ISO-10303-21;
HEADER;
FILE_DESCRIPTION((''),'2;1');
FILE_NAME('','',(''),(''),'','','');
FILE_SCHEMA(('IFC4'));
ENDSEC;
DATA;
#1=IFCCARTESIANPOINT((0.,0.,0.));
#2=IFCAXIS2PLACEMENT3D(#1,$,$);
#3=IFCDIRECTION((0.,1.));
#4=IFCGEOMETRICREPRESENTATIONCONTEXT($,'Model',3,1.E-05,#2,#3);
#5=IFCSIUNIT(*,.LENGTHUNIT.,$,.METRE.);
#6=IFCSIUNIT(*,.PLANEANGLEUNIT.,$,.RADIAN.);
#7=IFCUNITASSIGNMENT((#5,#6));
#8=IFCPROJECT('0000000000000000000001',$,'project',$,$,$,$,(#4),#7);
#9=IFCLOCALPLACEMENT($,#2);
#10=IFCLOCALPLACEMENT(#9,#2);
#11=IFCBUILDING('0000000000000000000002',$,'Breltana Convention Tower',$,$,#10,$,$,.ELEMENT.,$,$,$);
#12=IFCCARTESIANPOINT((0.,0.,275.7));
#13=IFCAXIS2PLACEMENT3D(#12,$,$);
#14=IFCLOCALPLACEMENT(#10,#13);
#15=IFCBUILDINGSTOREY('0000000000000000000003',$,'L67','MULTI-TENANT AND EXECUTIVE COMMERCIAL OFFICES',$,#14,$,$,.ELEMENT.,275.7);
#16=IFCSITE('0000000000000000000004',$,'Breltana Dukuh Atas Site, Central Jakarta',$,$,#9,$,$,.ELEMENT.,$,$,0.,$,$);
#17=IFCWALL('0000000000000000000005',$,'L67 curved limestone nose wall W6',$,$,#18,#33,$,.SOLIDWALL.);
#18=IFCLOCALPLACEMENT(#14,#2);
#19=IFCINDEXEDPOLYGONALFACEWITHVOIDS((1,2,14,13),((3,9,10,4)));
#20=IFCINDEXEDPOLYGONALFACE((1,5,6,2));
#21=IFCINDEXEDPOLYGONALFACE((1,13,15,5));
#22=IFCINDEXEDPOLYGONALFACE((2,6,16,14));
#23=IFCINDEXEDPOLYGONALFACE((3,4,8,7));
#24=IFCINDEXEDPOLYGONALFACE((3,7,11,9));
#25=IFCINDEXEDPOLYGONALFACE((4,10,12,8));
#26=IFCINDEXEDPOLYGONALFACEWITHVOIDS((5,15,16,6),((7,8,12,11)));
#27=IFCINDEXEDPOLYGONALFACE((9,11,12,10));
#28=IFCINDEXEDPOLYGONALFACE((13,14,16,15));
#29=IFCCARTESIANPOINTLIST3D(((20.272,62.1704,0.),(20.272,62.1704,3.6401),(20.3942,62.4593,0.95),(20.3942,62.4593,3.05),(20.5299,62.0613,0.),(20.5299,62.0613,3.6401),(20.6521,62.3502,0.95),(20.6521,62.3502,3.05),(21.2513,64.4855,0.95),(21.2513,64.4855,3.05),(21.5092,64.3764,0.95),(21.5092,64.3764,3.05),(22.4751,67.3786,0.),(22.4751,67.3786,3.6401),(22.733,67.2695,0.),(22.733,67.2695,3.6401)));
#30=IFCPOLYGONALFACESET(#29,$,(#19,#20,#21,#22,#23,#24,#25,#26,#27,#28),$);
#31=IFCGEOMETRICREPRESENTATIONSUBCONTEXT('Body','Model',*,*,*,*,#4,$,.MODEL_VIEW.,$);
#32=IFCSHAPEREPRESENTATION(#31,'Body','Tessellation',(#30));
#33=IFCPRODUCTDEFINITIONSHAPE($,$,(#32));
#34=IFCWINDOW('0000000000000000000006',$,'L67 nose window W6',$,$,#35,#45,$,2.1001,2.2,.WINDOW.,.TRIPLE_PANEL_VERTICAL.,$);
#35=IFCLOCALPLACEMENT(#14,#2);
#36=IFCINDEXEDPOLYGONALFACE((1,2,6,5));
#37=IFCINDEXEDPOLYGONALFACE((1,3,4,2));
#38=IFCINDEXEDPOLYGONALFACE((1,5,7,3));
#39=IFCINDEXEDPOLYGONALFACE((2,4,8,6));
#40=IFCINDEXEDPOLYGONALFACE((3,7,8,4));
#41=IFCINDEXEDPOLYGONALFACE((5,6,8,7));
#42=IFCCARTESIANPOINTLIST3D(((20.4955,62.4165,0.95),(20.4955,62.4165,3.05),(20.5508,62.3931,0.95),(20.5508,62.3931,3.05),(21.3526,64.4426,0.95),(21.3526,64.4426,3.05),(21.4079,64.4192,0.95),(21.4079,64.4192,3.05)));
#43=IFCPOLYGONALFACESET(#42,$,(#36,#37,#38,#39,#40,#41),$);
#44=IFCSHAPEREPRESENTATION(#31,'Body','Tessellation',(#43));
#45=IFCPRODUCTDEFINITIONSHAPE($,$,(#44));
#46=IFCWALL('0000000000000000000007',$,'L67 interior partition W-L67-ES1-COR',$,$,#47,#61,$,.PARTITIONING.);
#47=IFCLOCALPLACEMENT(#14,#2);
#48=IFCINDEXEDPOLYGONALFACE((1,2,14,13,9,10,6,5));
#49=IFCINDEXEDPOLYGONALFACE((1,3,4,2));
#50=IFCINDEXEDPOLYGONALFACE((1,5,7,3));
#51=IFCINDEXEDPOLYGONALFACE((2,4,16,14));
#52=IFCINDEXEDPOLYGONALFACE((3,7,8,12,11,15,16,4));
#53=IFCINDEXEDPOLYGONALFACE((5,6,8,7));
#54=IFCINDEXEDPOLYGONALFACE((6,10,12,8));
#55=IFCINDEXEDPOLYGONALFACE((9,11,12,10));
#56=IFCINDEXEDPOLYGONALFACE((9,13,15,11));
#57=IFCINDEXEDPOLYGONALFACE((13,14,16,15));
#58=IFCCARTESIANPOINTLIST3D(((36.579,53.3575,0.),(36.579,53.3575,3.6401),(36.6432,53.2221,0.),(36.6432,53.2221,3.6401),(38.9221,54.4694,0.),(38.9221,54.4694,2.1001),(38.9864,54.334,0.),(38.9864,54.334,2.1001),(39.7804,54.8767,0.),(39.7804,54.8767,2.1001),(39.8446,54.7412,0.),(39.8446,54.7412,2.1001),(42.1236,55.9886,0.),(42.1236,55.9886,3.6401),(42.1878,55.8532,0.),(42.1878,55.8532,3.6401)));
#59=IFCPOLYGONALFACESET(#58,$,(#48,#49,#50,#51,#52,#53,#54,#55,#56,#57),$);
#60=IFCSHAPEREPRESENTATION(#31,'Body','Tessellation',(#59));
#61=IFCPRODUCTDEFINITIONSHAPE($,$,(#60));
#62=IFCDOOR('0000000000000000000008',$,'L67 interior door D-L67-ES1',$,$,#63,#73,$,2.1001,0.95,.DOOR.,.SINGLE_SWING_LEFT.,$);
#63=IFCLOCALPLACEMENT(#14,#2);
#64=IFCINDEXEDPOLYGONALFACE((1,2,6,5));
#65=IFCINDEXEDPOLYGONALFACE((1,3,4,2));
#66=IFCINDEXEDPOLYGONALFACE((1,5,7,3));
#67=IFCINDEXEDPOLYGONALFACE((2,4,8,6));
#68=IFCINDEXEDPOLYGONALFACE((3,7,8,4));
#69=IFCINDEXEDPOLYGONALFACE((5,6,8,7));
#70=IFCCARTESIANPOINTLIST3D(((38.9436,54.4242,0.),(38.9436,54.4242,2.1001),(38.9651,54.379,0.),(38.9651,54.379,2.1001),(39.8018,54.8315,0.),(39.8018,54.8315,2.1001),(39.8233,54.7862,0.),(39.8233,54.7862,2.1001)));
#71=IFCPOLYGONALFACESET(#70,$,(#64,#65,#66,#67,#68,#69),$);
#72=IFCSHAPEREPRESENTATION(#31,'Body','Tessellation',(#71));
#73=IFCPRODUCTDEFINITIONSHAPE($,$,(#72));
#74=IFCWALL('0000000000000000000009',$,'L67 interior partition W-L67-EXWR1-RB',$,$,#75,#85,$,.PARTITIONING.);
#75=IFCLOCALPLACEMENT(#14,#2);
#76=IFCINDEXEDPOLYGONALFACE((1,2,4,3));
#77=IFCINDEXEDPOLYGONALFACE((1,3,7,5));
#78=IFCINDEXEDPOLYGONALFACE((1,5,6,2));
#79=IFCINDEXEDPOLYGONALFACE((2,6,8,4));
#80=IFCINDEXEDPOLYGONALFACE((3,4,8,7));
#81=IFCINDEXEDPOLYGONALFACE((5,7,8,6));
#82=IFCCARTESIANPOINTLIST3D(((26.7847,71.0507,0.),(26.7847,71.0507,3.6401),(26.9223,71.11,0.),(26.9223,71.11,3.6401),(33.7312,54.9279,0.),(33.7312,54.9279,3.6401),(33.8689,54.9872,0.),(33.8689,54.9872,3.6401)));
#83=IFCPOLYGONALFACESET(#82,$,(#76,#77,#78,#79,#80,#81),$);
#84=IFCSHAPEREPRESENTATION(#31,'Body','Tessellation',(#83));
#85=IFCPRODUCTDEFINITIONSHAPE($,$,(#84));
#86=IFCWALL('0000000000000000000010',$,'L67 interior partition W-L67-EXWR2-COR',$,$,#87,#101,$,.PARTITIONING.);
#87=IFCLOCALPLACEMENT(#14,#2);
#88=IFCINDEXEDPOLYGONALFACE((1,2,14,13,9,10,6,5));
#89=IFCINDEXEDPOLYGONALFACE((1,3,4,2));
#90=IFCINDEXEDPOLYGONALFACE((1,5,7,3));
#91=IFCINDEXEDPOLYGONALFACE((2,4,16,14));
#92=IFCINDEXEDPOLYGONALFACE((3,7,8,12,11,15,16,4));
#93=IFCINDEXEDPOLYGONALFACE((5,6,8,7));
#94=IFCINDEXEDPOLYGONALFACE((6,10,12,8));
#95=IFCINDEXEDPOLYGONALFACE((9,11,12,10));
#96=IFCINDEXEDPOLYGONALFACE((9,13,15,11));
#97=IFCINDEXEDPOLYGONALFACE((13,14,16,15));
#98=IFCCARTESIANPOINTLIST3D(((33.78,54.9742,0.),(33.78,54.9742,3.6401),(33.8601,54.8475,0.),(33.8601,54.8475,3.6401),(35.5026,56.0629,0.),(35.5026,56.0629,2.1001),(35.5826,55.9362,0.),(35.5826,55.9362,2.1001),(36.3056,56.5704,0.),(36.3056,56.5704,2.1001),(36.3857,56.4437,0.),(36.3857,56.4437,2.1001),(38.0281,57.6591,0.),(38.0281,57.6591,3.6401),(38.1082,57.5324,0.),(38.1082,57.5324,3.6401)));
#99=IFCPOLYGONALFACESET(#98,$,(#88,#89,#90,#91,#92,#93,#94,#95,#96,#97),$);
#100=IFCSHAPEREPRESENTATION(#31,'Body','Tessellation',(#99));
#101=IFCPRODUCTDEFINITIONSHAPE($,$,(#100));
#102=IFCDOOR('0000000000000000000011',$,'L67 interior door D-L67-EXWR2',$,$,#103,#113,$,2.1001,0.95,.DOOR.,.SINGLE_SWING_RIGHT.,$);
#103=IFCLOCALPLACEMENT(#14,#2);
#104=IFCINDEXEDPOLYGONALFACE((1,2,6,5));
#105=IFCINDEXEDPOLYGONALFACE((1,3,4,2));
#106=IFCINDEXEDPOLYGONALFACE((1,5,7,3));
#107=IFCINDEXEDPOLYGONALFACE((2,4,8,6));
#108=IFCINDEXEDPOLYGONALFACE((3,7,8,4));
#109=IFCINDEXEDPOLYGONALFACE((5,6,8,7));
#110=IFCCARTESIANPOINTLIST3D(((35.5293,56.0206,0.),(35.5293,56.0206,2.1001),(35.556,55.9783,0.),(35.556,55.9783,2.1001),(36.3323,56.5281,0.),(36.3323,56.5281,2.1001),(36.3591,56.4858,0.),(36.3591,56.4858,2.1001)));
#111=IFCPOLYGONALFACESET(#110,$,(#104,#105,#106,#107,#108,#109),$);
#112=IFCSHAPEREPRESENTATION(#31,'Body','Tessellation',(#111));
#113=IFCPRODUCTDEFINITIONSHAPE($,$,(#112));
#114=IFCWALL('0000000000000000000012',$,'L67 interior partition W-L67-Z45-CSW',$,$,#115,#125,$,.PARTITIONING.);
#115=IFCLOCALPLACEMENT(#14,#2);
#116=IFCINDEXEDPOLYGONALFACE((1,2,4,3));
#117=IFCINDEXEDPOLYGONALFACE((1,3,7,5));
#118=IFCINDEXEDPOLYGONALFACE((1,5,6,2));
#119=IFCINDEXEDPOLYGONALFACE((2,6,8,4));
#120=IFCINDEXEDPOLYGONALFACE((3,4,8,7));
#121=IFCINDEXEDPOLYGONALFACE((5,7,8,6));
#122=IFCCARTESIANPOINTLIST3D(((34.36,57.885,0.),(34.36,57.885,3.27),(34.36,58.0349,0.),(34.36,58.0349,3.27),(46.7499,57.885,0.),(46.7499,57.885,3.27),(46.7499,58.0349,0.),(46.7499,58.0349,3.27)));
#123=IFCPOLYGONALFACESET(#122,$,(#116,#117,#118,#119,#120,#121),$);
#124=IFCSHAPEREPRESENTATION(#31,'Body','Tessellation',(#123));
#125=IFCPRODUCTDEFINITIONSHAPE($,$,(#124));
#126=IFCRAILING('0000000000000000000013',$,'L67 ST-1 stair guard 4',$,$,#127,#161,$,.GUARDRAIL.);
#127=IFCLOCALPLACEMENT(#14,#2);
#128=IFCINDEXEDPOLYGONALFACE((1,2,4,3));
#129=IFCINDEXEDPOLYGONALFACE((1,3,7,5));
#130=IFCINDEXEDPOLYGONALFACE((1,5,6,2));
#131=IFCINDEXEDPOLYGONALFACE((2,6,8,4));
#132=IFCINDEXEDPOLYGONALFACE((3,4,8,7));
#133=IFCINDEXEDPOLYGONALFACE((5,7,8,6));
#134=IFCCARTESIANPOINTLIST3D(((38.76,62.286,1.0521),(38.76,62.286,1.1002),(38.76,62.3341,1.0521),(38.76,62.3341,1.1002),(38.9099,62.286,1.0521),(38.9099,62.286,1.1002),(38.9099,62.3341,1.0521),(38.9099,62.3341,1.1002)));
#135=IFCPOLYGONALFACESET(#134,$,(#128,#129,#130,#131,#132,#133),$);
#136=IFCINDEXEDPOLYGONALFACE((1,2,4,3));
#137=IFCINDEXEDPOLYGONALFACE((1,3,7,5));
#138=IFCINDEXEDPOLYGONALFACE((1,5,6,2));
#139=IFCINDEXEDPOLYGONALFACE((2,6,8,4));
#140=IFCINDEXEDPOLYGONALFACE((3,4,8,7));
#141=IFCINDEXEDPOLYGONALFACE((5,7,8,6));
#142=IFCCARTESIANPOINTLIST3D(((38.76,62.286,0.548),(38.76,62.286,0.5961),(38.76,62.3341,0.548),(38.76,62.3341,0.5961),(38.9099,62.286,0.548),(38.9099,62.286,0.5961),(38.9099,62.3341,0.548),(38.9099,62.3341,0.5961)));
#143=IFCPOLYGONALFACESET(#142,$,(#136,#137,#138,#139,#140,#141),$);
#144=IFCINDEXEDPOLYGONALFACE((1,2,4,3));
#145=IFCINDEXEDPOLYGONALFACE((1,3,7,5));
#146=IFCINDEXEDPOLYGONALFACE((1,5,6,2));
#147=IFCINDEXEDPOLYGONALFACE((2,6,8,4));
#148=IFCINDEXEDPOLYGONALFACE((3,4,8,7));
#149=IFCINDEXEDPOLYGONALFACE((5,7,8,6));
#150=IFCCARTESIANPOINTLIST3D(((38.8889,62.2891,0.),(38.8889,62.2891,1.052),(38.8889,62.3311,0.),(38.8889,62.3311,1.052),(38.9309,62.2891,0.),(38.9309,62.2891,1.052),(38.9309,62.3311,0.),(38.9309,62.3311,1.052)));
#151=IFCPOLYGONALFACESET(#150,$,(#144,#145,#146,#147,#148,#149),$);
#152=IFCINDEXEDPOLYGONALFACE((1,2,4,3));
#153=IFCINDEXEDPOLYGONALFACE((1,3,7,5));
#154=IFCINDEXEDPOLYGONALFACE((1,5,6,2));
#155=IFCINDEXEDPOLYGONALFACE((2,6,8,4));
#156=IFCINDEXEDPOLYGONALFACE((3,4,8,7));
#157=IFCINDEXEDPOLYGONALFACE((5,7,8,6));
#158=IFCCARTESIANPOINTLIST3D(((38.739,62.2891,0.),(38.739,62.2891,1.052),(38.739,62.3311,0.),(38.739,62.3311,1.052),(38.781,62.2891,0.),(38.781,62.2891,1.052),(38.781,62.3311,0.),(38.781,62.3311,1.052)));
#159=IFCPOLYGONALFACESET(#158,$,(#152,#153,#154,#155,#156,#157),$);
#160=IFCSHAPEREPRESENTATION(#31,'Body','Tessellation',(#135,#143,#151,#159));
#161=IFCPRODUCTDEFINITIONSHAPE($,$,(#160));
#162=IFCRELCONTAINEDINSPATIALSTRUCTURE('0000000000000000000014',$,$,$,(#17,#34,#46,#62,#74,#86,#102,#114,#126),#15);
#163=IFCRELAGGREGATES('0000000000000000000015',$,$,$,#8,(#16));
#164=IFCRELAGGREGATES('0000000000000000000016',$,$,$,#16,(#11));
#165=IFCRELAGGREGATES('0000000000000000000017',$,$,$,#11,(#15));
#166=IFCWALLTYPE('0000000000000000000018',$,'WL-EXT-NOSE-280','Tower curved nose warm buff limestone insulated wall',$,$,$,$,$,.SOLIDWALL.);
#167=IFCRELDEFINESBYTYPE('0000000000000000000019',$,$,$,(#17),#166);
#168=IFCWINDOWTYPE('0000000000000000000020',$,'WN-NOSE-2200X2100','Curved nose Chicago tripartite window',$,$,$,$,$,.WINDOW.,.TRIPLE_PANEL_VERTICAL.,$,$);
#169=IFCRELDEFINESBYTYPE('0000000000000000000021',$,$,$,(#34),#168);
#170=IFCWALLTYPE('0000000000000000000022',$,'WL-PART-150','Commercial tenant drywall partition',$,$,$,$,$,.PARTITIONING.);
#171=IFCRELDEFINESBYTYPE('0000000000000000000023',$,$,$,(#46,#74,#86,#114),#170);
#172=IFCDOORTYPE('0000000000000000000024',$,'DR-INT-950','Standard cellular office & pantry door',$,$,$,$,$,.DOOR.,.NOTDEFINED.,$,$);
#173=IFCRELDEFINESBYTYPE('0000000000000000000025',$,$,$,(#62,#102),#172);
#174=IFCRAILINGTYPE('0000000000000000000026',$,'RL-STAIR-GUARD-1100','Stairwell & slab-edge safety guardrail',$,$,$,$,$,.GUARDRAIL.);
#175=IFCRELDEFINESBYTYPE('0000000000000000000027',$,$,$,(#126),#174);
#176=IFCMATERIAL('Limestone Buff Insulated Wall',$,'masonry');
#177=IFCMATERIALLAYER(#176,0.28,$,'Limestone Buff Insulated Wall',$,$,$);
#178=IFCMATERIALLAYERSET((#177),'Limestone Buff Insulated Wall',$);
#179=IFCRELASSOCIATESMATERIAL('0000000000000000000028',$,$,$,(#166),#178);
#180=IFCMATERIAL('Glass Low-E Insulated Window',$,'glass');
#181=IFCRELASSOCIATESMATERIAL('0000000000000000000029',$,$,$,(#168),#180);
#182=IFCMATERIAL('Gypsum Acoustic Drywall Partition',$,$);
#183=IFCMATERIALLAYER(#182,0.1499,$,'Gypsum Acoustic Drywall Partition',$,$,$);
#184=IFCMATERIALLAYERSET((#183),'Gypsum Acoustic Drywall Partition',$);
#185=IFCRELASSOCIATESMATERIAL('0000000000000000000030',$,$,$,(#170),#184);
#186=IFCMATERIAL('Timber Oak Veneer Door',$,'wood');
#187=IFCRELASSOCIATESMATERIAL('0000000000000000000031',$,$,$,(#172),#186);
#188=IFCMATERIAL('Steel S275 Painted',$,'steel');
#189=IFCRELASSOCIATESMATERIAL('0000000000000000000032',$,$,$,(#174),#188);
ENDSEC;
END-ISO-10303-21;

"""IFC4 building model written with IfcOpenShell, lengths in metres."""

from ifc_helpers import new_model, si_unit, direction, frame, frame_2d, origin, origin_2d, place, context, subcontext, project, spatial, rectangle, extrude, source, transform, mapped, material, layer, layer_set, type_object, type_shapes, element, fill, save


model = new_model("IFC4")

# Units and contexts
model_context = context("Model", 3, precision=1e-05, world=origin(), true_north=direction((0.0, 1.0)))
body_context = subcontext(model_context, "Body", "Model", "MODEL_VIEW")
ifc_project = project(units=[si_unit("LENGTHUNIT", "METRE"), si_unit("PLANEANGLEUNIT", "RADIAN")], contexts=[model_context])

# Site, building, storey
site_placement = place(None, origin())
site = spatial("IfcSite", under=ifc_project, at=site_placement, Name="Breltana Dukuh Atas Site, Central Jakarta", CompositionType="ELEMENT", RefElevation=0.0)
building_placement = place(site_placement, origin())
building = spatial("IfcBuilding", under=site, at=building_placement, Name="Breltana Convention Tower", CompositionType="ELEMENT")
storey_placement = place(building_placement, frame((0.0, 0.0, 275.7)))
storey = spatial("IfcBuildingStorey", under=building, at=storey_placement, Name="L67", Description="MULTI-TENANT AND EXECUTIVE COMMERCIAL OFFICES", CompositionType="ELEMENT", Elevation=275.7)

# Wall, opening, window
ifc_material_1 = material(Name="Limestone Buff Insulated Wall", Category="masonry")
ifc_layer_1 = layer(ifc_material_1, 0.28, Name="Limestone Buff Insulated Wall")
ifc_layer_set_1 = layer_set([ifc_layer_1], Name="Limestone Buff Insulated Wall")
wall_type_1 = type_object("IfcWallType", Name="WL-EXT-NOSE-280", Description="Tower curved nose warm buff limestone insulated wall", PredefinedType="SOLIDWALL", material=ifc_layer_set_1)
ifc_material_2 = material(Name="Glass Low-E Insulated Window", Category="glass")
window_type = type_object("IfcWindowType", Name="WN-NOSE-2200X2100", Description="Curved nose Chicago tripartite window", PartitioningType="TRIPLE_PANEL_VERTICAL", PredefinedType="WINDOW", material=ifc_material_2)
shared_shape_1 = source(origin(), body_context, "Body", "SweptSolid", [
    extrude(rectangle(XDim=2.2, YDim=2.1001, at=frame_2d((1.1001, 1.05))), frame((0.0, 0.03, 0.0), z_axis=(0.0, -1.0, 0.0), x_axis=(1.0, 0.0, 0.0)), (0.0, 0.0, 1.0), 0.0601),
])
type_shapes(window_type, [shared_shape_1])
shared_shape_2 = source(origin(), body_context, "Body", "SweptSolid", [
    extrude(rectangle(XDim=5.655, YDim=0.28, at=frame_2d((2.8276, 0.0))), origin(), (0.0, 0.0, 1.0), 3.6401),
])
wall_1_placement = place(storey_placement, frame((20.4009, 62.1157, 0.0), z_axis=(0.0, 0.0, 1.0), x_axis=(0.389585, 0.92099, 0.0)))
wall_1 = element("IfcWall", 1, at=wall_1_placement, inside=storey, type_object=wall_type_1, Name="L67 curved limestone nose wall W6", PredefinedType="SOLIDWALL", context=body_context, shape_type="MappedRepresentation", body=[
    mapped(shared_shape_2, transform((0.0, 0.0, 0.0), scale=1.0)),
])
opening_1_placement = place(wall_1_placement, frame((0.3137, 0.0, 0.95)))
opening_1 = element("IfcOpeningElement", 2, at=opening_1_placement, cuts=wall_1, PredefinedType="OPENING", context=body_context, shape_type="SweptSolid", body=[
    extrude(rectangle(XDim=2.2, YDim=2.1001, at=frame_2d((1.1001, 1.05))), frame((0.0, 0.1499, 0.0), z_axis=(0.0, -1.0, 0.0), x_axis=(1.0, 0.0, 0.0)), (0.0, 0.0, 1.0), 0.3),
])
window_1_placement = place(opening_1_placement, origin())
window_1 = element("IfcWindow", 3, at=window_1_placement, inside=storey, type_object=window_type, Name="L67 nose window W6", OverallHeight=2.1001, OverallWidth=2.2, PartitioningType="TRIPLE_PANEL_VERTICAL", PredefinedType="WINDOW", context=body_context, shape_type="MappedRepresentation", body=[
    mapped(shared_shape_1, transform((0.0, 0.0, 0.0), scale=1.0)),
])
fill(opening_1, window_1)

# Wall, opening, door
ifc_material_3 = material(Name="Gypsum Acoustic Drywall Partition")
ifc_layer_2 = layer(ifc_material_3, 0.1499, Name="Gypsum Acoustic Drywall Partition")
ifc_layer_set_2 = layer_set([ifc_layer_2], Name="Gypsum Acoustic Drywall Partition")
wall_type_2 = type_object("IfcWallType", Name="WL-PART-150", Description="Commercial tenant drywall partition", PredefinedType="PARTITIONING", material=ifc_layer_set_2)
shared_shape_3 = source(origin(), body_context, "Body", "SweptSolid", [
    extrude(rectangle(XDim=6.1372, YDim=0.1499, at=frame_2d((3.0686, 0.0))), origin(), (0.0, 0.0, 1.0), 3.6401),
])
wall_2_placement = place(storey_placement, frame((36.6111, 53.2898, 0.0), z_axis=(0.0, 0.0, 1.0), x_axis=(0.903443, 0.428709, 0.0)))
wall_2 = element("IfcWall", 4, at=wall_2_placement, inside=storey, type_object=wall_type_2, Name="L67 interior partition W-L67-ES1-COR", PredefinedType="PARTITIONING", context=body_context, shape_type="MappedRepresentation", body=[
    mapped(shared_shape_3, transform((0.0, 0.0, 0.0), scale=1.0)),
])
opening_2_placement = place(wall_2_placement, frame((2.5935, 0.0, 0.0)))
opening_2 = element("IfcOpeningElement", 5, at=opening_2_placement, cuts=wall_2, PredefinedType="OPENING", context=body_context, shape_type="SweptSolid", body=[
    extrude(rectangle(XDim=0.95, YDim=2.1001, at=frame_2d((0.4751, 1.05))), frame((0.0, 0.085, 0.0), z_axis=(0.0, -1.0, 0.0), x_axis=(1.0, 0.0, 0.0)), (0.0, 0.0, 1.0), 0.1699),
])
ifc_material_4 = material(Name="Timber Oak Veneer Door", Category="wood")
door_type_1 = type_object("IfcDoorType", Name="DR-INT-950", Description="Standard cellular office & pantry door", OperationType="NOTDEFINED", PredefinedType="DOOR", material=ifc_material_4)
shared_shape_4 = source(origin(), body_context, "Body", "SweptSolid", [
    extrude(rectangle(XDim=0.95, YDim=2.1001, at=frame_2d((0.4751, 1.05))), frame((0.0, 0.0249, 0.0), z_axis=(0.0, -1.0, 0.0), x_axis=(1.0, 0.0, 0.0)), (0.0, 0.0, 1.0), 0.05),
])
type_shapes(door_type_1, [shared_shape_4])
door_1_placement = place(opening_2_placement, origin())
door_1 = element("IfcDoor", 6, at=door_1_placement, inside=storey, type_object=door_type_1, Name="L67 interior door D-L67-ES1", OperationType="SINGLE_SWING_LEFT", OverallHeight=2.1001, OverallWidth=0.95, PredefinedType="DOOR", context=body_context, shape_type="MappedRepresentation", body=[
    mapped(shared_shape_4, transform((0.0, 0.0, 0.0), scale=1.0)),
])
fill(opening_2, door_1)

# Wall
shared_shape_5 = source(origin(), body_context, "Body", "SweptSolid", [
    extrude(rectangle(XDim=17.5557, YDim=0.1499, at=frame_2d((8.7778, 0.0))), origin(), (0.0, 0.0, 1.0), 3.6401),
])
wall_3_placement = place(storey_placement, frame((33.8, 54.9575, 0.0), z_axis=(0.0, 0.0, 1.0), x_axis=(-0.395688, 0.918385, 0.0)))
element("IfcWall", 7, at=wall_3_placement, inside=storey, type_object=wall_type_2, Name="L67 interior partition W-L67-EXWR1-RB", PredefinedType="PARTITIONING", context=body_context, shape_type="MappedRepresentation", body=[
    mapped(shared_shape_5, transform((0.0, 0.0, 0.0), scale=1.0)),
])

# Wall, opening, door
shared_shape_6 = source(origin(), body_context, "Body", "SweptSolid", [
    extrude(rectangle(XDim=5.0254, YDim=0.1499, at=frame_2d((2.5127, 0.0))), origin(), (0.0, 0.0, 1.0), 3.6401),
])
wall_4_placement = place(storey_placement, frame((33.8201, 54.9109, 0.0), z_axis=(0.0, 0.0, 1.0), x_axis=(0.845324, 0.534254, 0.0)))
wall_4 = element("IfcWall", 8, at=wall_4_placement, inside=storey, type_object=wall_type_2, Name="L67 interior partition W-L67-EXWR2-COR", PredefinedType="PARTITIONING", context=body_context, shape_type="MappedRepresentation", body=[
    mapped(shared_shape_6, transform((0.0, 0.0, 0.0), scale=1.0)),
])
opening_3_placement = place(wall_4_placement, frame((2.0376, 0.0, 0.0)))
opening_3 = element("IfcOpeningElement", 9, at=opening_3_placement, cuts=wall_4, PredefinedType="OPENING", context=body_context, shape_type="SweptSolid", body=[
    extrude(rectangle(XDim=0.95, YDim=2.1001, at=frame_2d((0.4751, 1.05))), frame((0.0, 0.085, 0.0), z_axis=(0.0, -1.0, 0.0), x_axis=(1.0, 0.0, 0.0)), (0.0, 0.0, 1.0), 0.1699),
])
door_2_placement = place(opening_3_placement, origin())
door_2 = element("IfcDoor", 10, at=door_2_placement, inside=storey, type_object=door_type_1, Name="L67 interior door D-L67-EXWR2", OperationType="SINGLE_SWING_RIGHT", OverallHeight=2.1001, OverallWidth=0.95, PredefinedType="DOOR", context=body_context, shape_type="MappedRepresentation", body=[
    mapped(shared_shape_4, transform((0.0, 0.0, 0.0), scale=1.0)),
])
fill(opening_3, door_2)

# Wall
shared_shape_7 = source(origin(), body_context, "Body", "SweptSolid", [
    extrude(rectangle(XDim=12.3899, YDim=0.1499, at=frame_2d((6.1948, 0.0))), origin(), (0.0, 0.0, 1.0), 3.27),
])
wall_5_placement = place(storey_placement, frame((34.3601, 57.96, 0.0), z_axis=(0.0, 0.0, 1.0), x_axis=(1.0, 0.0, 0.0)))
element("IfcWall", 11, at=wall_5_placement, inside=storey, type_object=wall_type_2, Name="L67 interior partition W-L67-Z45-CSW", PredefinedType="PARTITIONING", context=body_context, shape_type="MappedRepresentation", body=[
    mapped(shared_shape_7, transform((0.0, 0.0, 0.0), scale=1.0)),
])

# Railing
ifc_material_5 = material(Name="Steel S275 Painted", Category="steel")
railing_type = type_object("IfcRailingType", Name="RL-STAIR-GUARD-1100", Description="Stairwell & slab-edge safety guardrail", PredefinedType="GUARDRAIL", material=ifc_material_5)
railing_placement = place(storey_placement, frame((38.9099, 62.3101, 0.0)))
element("IfcRailing", 12, at=railing_placement, inside=storey, type_object=railing_type, Name="L67 ST-1 stair guard 4", PredefinedType="GUARDRAIL", context=body_context, shape_type="SweptSolid", body=[
    extrude(rectangle(XDim=0.0481, YDim=0.0481, at=origin_2d()), frame((0.0, 0.0, 1.0762), z_axis=(-1.0, 0.0, 0.0), x_axis=(0.0, -1.0, 0.0)), (0.0, 0.0, 1.0), 0.1499),
    extrude(rectangle(XDim=0.0481, YDim=0.0481, at=origin_2d()), frame((0.0, 0.0, 0.572), z_axis=(-1.0, 0.0, 0.0), x_axis=(0.0, -1.0, 0.0)), (0.0, 0.0, 1.0), 0.1499),
    extrude(rectangle(XDim=0.042, YDim=0.042, at=origin_2d()), origin(), (0.0, 0.0, 1.0), 1.052),
    extrude(rectangle(XDim=0.042, YDim=0.042, at=origin_2d()), frame((-0.1499, 0.0, 0.0)), (0.0, 0.0, 1.0), 1.052),
])

save(model, "model.ifc")
